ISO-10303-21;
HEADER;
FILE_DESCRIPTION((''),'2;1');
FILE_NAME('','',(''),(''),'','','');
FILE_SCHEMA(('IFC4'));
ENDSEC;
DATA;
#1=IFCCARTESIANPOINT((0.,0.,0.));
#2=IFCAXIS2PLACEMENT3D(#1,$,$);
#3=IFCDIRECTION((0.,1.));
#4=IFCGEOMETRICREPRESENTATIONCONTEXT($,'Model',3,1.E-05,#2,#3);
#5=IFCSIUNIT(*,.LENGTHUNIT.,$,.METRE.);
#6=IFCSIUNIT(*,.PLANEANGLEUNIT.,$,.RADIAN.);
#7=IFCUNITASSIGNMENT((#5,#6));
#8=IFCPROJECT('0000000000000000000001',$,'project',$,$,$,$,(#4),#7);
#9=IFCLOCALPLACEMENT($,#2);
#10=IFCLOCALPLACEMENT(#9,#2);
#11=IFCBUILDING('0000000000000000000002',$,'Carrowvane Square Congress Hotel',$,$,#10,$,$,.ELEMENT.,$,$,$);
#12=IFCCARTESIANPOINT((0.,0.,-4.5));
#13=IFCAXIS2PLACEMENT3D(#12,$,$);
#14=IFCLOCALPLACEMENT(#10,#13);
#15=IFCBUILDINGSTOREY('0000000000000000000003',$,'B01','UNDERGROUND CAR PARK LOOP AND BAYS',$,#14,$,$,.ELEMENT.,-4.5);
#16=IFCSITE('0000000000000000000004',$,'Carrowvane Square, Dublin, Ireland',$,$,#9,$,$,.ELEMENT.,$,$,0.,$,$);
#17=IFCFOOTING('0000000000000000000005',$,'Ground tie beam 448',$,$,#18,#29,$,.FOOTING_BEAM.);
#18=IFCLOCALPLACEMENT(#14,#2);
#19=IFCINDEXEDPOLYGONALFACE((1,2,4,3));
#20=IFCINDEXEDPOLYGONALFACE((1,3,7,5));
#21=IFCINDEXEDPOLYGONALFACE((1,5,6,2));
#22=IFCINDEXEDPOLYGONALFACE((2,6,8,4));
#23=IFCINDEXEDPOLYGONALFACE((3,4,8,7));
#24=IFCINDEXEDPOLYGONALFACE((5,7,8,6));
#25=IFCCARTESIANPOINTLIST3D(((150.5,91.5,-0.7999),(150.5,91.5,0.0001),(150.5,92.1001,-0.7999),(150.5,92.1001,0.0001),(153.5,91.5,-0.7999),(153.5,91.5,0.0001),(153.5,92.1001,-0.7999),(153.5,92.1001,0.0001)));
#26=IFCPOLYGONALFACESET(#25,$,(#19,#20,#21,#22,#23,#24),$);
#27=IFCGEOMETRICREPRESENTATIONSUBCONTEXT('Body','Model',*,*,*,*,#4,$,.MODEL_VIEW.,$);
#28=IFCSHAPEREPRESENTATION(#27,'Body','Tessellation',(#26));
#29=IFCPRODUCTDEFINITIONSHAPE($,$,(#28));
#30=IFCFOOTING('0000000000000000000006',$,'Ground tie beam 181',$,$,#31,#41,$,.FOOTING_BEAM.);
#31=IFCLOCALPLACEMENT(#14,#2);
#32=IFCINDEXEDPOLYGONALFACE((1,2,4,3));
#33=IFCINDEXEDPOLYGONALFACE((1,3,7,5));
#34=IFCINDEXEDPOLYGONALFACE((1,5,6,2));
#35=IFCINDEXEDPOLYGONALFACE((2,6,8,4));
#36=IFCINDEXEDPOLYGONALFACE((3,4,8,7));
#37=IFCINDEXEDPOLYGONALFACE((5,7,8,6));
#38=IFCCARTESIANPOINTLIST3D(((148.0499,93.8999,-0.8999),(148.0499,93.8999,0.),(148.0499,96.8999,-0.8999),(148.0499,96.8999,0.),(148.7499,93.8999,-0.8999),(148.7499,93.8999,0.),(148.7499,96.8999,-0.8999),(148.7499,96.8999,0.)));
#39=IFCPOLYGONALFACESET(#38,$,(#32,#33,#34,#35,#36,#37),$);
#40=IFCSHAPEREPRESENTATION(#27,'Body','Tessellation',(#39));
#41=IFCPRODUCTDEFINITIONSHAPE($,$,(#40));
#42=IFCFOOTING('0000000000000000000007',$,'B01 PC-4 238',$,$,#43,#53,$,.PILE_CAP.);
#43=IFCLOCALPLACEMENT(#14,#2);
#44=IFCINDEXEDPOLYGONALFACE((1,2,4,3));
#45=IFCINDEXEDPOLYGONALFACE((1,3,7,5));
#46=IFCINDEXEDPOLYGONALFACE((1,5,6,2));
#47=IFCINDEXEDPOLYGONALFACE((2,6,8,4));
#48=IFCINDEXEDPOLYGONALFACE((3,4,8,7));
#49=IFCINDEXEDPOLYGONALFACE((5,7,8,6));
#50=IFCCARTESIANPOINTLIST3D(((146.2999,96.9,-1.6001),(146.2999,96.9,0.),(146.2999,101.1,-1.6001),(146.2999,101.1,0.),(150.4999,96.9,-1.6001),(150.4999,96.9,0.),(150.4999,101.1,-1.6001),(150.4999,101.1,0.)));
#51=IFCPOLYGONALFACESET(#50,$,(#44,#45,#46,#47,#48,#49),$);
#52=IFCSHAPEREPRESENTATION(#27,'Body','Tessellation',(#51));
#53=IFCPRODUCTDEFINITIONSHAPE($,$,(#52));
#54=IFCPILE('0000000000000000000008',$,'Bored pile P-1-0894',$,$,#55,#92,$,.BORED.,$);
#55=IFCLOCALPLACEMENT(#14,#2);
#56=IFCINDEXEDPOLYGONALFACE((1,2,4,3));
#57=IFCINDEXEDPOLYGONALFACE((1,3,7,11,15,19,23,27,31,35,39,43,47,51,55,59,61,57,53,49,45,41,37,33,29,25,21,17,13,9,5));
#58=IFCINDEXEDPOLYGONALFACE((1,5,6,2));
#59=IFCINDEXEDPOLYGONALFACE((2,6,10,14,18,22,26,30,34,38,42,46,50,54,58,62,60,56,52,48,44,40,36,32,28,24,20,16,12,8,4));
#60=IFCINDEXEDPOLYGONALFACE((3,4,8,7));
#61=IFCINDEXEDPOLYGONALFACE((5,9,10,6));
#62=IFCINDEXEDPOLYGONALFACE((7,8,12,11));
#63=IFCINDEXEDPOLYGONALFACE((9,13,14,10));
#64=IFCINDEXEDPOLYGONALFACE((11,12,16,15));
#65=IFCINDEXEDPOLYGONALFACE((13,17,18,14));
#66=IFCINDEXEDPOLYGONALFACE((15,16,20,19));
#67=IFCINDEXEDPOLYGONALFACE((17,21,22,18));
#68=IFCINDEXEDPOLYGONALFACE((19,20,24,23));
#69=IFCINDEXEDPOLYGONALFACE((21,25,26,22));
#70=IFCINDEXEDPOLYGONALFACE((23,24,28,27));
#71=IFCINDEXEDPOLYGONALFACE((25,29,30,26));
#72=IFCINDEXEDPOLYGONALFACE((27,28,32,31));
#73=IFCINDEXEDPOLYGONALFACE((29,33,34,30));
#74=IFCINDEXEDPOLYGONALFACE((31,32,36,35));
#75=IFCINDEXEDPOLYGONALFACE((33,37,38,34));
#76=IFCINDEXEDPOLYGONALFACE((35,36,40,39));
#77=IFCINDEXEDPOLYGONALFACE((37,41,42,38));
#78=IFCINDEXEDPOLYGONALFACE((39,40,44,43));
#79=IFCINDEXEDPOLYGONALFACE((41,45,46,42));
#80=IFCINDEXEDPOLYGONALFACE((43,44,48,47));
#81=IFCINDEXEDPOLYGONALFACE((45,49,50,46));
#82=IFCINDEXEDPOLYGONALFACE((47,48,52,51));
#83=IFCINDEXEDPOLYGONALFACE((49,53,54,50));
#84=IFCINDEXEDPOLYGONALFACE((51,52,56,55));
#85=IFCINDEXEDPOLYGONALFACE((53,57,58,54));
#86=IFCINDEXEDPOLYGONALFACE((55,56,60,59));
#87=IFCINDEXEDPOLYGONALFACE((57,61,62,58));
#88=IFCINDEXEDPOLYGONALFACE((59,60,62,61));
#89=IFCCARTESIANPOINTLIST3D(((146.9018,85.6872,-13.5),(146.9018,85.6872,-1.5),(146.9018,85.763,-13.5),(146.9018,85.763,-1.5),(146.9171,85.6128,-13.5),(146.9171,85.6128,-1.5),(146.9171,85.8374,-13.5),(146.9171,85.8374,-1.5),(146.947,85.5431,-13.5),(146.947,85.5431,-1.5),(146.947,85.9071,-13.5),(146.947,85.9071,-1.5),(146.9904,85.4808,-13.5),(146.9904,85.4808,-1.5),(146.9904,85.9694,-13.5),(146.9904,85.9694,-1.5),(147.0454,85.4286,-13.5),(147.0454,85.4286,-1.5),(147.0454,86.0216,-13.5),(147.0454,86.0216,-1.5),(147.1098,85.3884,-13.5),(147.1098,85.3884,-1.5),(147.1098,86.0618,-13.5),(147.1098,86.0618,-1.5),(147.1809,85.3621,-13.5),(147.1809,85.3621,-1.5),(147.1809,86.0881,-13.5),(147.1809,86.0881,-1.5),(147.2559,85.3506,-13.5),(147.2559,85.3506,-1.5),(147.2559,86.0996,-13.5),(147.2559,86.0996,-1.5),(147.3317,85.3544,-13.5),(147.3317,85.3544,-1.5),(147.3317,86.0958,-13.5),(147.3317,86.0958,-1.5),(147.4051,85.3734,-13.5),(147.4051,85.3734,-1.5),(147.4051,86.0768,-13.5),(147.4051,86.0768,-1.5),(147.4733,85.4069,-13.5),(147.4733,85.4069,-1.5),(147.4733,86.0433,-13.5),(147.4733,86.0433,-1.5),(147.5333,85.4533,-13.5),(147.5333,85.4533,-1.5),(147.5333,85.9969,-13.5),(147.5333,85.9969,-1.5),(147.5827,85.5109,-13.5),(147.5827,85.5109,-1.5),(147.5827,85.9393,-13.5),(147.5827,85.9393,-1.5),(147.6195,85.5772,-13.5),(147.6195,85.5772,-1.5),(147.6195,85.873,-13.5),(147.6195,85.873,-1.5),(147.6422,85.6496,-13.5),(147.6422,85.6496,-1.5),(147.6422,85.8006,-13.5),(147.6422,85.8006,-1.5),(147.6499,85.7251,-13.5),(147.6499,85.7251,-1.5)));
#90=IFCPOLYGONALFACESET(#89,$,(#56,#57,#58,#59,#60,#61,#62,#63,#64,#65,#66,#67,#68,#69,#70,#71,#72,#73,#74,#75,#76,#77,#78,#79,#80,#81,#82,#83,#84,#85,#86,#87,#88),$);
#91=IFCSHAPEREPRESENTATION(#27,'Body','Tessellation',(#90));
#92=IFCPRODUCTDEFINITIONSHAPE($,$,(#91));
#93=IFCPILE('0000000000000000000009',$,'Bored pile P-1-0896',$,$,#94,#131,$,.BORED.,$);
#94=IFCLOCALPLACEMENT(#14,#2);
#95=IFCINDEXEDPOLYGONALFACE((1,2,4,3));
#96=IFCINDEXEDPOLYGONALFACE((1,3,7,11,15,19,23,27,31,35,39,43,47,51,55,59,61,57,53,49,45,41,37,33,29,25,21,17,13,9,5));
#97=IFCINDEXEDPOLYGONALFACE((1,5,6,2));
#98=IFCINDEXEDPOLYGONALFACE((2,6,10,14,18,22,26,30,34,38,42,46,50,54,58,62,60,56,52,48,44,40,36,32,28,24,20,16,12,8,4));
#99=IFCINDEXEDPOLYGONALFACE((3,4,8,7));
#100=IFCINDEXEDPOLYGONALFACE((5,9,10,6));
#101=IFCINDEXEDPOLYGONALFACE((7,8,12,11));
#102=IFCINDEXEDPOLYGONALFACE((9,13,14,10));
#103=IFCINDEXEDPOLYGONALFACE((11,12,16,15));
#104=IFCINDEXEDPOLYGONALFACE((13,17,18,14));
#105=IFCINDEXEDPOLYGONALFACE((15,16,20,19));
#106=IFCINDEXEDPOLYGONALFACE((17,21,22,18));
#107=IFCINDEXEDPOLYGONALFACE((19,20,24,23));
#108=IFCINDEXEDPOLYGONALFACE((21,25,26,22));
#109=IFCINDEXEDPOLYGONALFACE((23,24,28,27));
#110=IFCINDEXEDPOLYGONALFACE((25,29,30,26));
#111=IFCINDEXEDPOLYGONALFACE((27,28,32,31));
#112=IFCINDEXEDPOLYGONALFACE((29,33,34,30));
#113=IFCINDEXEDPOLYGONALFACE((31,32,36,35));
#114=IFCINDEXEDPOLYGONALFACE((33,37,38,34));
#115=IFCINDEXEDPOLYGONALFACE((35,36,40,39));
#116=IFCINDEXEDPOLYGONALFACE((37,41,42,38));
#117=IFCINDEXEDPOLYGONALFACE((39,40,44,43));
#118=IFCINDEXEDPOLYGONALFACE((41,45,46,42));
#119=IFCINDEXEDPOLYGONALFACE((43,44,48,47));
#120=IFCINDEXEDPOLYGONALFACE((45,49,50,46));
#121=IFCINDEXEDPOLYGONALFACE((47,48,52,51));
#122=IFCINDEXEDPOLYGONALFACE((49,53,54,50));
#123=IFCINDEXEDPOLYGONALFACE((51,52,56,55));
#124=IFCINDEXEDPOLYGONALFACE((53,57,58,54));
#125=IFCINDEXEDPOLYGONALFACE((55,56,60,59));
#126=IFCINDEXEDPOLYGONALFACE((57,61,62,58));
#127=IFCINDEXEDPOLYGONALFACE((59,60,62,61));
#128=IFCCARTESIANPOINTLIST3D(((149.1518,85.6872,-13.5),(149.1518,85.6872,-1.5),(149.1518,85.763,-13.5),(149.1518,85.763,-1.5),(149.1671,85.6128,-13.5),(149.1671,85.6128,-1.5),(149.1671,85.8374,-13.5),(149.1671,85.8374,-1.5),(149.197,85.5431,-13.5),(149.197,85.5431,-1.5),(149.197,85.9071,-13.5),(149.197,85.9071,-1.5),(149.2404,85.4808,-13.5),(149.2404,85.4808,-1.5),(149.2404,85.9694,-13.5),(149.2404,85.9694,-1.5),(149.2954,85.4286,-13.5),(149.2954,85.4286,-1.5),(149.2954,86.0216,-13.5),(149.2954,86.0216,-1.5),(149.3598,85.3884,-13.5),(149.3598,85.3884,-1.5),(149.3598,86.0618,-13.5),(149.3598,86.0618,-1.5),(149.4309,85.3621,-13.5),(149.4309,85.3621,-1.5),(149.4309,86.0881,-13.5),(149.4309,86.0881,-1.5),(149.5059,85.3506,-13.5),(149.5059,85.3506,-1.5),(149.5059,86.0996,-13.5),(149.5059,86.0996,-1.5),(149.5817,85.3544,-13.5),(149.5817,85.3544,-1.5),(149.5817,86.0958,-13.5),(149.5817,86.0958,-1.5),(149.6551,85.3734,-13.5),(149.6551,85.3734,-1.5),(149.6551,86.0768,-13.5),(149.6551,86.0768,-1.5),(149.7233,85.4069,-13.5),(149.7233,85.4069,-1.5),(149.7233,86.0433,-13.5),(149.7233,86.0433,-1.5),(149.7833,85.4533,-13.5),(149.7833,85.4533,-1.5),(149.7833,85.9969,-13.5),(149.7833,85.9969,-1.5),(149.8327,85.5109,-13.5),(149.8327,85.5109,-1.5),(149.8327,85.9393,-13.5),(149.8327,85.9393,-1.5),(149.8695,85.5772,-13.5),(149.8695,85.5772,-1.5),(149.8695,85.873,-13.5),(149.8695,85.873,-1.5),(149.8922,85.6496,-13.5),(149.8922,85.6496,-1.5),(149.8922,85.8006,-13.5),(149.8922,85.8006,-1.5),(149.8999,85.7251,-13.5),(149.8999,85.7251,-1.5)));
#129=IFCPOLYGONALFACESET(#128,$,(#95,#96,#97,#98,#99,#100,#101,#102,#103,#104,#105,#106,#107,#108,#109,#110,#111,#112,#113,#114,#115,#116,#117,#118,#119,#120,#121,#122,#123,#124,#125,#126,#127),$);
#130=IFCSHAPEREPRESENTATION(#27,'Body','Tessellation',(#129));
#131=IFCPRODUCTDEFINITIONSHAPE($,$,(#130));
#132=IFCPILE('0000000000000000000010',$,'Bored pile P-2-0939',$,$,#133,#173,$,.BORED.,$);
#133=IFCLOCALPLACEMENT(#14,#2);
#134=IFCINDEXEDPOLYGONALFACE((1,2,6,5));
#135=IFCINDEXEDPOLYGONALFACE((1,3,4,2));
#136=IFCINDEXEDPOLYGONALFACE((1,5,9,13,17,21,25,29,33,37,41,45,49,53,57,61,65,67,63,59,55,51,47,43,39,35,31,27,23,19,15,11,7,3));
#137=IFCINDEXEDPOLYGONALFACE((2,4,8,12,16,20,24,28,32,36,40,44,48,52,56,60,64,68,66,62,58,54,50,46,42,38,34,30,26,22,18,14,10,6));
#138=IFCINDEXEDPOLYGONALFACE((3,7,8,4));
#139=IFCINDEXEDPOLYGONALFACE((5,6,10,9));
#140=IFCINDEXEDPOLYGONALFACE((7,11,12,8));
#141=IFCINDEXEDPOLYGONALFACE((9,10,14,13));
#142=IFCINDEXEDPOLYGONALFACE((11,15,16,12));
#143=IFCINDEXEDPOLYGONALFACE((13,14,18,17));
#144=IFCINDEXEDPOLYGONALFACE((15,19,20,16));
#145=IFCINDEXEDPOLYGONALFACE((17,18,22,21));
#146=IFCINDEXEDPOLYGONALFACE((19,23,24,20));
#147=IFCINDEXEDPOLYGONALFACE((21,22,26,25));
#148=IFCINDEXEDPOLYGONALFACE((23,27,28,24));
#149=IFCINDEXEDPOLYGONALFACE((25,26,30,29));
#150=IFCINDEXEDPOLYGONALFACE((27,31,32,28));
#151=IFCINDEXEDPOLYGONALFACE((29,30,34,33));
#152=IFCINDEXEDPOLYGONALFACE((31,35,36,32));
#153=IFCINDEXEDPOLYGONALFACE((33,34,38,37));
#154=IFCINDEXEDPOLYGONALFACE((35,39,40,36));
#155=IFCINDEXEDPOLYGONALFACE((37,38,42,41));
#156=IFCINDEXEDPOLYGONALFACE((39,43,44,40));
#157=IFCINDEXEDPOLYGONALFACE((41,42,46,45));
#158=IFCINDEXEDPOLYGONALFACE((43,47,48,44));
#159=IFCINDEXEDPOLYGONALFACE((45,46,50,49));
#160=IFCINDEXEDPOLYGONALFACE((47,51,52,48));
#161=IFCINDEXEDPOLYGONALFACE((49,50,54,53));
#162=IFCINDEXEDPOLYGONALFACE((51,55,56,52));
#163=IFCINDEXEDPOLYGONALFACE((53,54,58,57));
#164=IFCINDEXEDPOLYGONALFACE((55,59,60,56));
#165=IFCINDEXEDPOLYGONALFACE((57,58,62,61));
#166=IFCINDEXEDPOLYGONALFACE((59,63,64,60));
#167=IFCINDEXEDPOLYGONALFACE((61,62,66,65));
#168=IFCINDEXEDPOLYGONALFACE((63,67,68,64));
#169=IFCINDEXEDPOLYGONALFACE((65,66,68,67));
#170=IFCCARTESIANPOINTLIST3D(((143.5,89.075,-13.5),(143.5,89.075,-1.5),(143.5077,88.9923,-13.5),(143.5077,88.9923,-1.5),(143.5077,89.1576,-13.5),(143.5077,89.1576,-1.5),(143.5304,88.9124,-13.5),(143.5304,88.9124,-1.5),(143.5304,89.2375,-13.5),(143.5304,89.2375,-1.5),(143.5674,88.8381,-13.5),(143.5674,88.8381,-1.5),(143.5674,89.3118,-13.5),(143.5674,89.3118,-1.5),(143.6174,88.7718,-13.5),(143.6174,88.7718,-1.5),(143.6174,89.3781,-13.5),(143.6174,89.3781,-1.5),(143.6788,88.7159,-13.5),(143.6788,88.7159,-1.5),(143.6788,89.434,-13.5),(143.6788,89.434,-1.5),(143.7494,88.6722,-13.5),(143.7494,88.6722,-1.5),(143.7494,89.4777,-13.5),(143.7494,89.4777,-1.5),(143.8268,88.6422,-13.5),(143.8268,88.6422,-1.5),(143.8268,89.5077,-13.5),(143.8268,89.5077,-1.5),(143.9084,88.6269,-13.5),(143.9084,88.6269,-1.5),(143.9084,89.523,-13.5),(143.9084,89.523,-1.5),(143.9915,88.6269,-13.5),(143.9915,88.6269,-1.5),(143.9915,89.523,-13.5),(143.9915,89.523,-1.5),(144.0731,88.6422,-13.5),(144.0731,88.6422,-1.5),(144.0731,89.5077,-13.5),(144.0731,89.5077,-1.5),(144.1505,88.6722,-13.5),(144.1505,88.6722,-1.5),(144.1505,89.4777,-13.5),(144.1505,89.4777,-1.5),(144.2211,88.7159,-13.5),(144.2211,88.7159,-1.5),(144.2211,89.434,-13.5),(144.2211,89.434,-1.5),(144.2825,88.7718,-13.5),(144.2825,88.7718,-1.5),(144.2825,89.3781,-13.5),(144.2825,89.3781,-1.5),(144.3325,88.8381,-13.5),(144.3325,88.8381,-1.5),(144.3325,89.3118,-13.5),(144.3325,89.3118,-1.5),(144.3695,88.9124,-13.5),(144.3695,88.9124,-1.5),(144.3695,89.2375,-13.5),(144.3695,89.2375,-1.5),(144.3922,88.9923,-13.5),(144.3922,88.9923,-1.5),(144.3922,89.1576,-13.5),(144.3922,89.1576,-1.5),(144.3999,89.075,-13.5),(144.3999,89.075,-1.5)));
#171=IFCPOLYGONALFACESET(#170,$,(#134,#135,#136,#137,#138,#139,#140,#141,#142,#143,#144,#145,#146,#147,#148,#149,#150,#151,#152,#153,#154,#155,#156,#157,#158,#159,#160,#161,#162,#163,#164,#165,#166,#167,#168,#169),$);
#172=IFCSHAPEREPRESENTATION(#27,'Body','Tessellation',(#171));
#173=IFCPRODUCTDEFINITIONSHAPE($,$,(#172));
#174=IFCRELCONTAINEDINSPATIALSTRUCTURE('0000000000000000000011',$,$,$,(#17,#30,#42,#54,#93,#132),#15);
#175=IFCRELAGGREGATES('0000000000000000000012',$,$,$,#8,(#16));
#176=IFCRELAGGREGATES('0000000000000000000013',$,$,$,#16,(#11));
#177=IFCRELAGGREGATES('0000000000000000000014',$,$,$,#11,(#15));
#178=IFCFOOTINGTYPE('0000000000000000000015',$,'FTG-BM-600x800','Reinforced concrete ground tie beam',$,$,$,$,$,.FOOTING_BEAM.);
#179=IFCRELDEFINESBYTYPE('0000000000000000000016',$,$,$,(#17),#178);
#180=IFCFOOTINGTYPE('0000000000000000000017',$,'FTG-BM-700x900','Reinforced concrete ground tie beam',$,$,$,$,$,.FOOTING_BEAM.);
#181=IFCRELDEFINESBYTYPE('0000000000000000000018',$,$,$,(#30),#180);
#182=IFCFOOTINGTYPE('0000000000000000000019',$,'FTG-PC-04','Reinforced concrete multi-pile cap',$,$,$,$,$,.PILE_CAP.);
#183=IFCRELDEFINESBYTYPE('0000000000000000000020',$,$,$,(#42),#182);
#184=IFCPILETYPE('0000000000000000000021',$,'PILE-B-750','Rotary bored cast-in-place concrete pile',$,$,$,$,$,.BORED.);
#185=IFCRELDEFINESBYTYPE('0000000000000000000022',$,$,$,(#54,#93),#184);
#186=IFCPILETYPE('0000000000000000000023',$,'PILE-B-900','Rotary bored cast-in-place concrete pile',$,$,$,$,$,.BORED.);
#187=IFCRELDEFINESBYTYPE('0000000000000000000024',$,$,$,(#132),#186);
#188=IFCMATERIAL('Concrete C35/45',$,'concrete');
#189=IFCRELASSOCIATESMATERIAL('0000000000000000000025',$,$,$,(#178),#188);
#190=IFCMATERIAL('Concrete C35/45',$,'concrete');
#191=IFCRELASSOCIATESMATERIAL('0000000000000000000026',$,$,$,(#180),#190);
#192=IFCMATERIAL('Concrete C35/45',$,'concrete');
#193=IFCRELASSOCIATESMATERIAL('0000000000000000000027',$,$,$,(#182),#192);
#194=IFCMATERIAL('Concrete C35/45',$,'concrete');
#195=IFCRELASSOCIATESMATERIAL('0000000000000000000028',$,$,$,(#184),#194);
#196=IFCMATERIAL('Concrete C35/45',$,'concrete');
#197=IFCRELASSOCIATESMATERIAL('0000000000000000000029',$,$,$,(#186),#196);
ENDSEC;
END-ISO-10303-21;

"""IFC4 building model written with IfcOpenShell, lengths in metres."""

from ifc_helpers import new_model, si_unit, direction, frame, origin, origin_2d, place, context, subcontext, project, spatial, rectangle, circle, extrude, material, material_profile, profile_set, type_object, element, save


model = new_model("IFC4")

# Units and contexts
model_context = context("Model", 3, precision=1e-05, world=origin(), true_north=direction((0.0, 1.0)))
body_context = subcontext(model_context, "Body", "Model", "MODEL_VIEW")
ifc_project = project(units=[si_unit("LENGTHUNIT", "METRE"), si_unit("PLANEANGLEUNIT", "RADIAN")], contexts=[model_context])

# Site, building, storey
site_placement = place(None, origin())
site = spatial("IfcSite", under=ifc_project, at=site_placement, Name="Carrowvane Square, Dublin, Ireland", CompositionType="ELEMENT", RefElevation=0.0)
building_placement = place(site_placement, origin())
building = spatial("IfcBuilding", under=site, at=building_placement, Name="Carrowvane Square Congress Hotel", CompositionType="ELEMENT")
storey_placement = place(building_placement, frame((0.0, 0.0, -4.5)))
storey = spatial("IfcBuildingStorey", under=building, at=storey_placement, Name="B01", Description="UNDERGROUND CAR PARK LOOP AND BAYS", CompositionType="ELEMENT", Elevation=-4.5)

# Footings
ifc_material_1 = material(Name="Concrete C35/45", Category="concrete")
ifc_material_profile_1 = material_profile(ifc_material_1, rectangle(XDim=0.6001, YDim=0.8, at=origin_2d()), Name="RC 600x800")
ifc_profile_set_1 = profile_set([ifc_material_profile_1], Name="Concrete C35/45")
footing_type_1 = type_object("IfcFootingType", Name="FTG-BM-600x800", Description="Reinforced concrete ground tie beam", PredefinedType="FOOTING_BEAM", material=ifc_profile_set_1)
footing_1_placement = place(storey_placement, frame((150.5, 91.8, -0.3999), z_axis=(1.0, 0.0, 0.0), x_axis=(0.0, 1.0, 0.0)))
element("IfcFooting", 1, at=footing_1_placement, inside=storey, type_object=footing_type_1, Name="Ground tie beam 448", PredefinedType="FOOTING_BEAM", context=body_context, shape_type="SweptSolid", body=[
    extrude(rectangle(XDim=0.6001, YDim=0.8, at=origin_2d()), origin(), (0.0, 0.0, 1.0), 3.0),
])
ifc_material_2 = material(Name="Concrete C35/45", Category="concrete")
ifc_material_profile_2 = material_profile(ifc_material_2, rectangle(XDim=0.7, YDim=0.8999, at=origin_2d()), Name="RC 700x900")
ifc_profile_set_2 = profile_set([ifc_material_profile_2], Name="Concrete C35/45")
footing_type_2 = type_object("IfcFootingType", Name="FTG-BM-700x900", Description="Reinforced concrete ground tie beam", PredefinedType="FOOTING_BEAM", material=ifc_profile_set_2)
footing_2_placement = place(storey_placement, frame((148.3999, 93.8999, -0.45), z_axis=(0.0, 1.0, 0.0), x_axis=(-1.0, 0.0, 0.0)))
element("IfcFooting", 2, at=footing_2_placement, inside=storey, type_object=footing_type_2, Name="Ground tie beam 181", PredefinedType="FOOTING_BEAM", context=body_context, shape_type="SweptSolid", body=[
    extrude(rectangle(XDim=0.7, YDim=0.8999, at=origin_2d()), origin(), (0.0, 0.0, 1.0), 3.0),
])
ifc_material_3 = material(Name="Concrete C35/45", Category="concrete")
footing_type_3 = type_object("IfcFootingType", Name="FTG-PC-04", Description="Reinforced concrete multi-pile cap", PredefinedType="PILE_CAP", material=ifc_material_3)
footing_3_placement = place(storey_placement, frame((148.3999, 99.0, -1.6001), z_axis=(0.0, 0.0, 1.0), x_axis=(1.0, 0.0, 0.0)))
element("IfcFooting", 3, at=footing_3_placement, inside=storey, type_object=footing_type_3, Name="B01 PC-4 238", PredefinedType="PILE_CAP", context=body_context, shape_type="SweptSolid", body=[
    extrude(rectangle(XDim=4.2, YDim=4.2, at=origin_2d()), origin(), (0.0, 0.0, 1.0), 1.6001),
])

# Piles
ifc_material_4 = material(Name="Concrete C35/45", Category="concrete")
ifc_material_profile_3 = material_profile(ifc_material_4, circle(Radius=0.375, at=origin_2d()), Name="PILE D750")
ifc_profile_set_3 = profile_set([ifc_material_profile_3], Name="Concrete C35/45")
pile_type_1 = type_object("IfcPileType", Name="PILE-B-750", Description="Rotary bored cast-in-place concrete pile", PredefinedType="BORED", material=ifc_profile_set_3)
for number, where, z_axis, x_axis, name in (
    (4, (147.2749, 85.7251, -1.5), (0.0, 0.0, -1.0), (1.0, 0.0, 0.0), "Bored pile P-1-0894"),
    (5, (149.5249, 85.7251, -1.5), (0.0, 0.0, -1.0), (1.0, 0.0, 0.0), "Bored pile P-1-0896"),
):
    element("IfcPile", number, at=place(storey_placement, frame(where, z_axis=z_axis, x_axis=x_axis)), inside=storey, type_object=pile_type_1, Name=name, PredefinedType="BORED", context=body_context, shape_type="SweptSolid", body=[
        extrude(circle(Radius=0.375, at=origin_2d()), origin(), (0.0, 0.0, 1.0), 12.0),
    ])
ifc_material_5 = material(Name="Concrete C35/45", Category="concrete")
ifc_material_profile_4 = material_profile(ifc_material_5, circle(Radius=0.45, at=origin_2d()), Name="PILE D900")
ifc_profile_set_4 = profile_set([ifc_material_profile_4], Name="Concrete C35/45")
pile_type_2 = type_object("IfcPileType", Name="PILE-B-900", Description="Rotary bored cast-in-place concrete pile", PredefinedType="BORED", material=ifc_profile_set_4)
for number, where, z_axis, x_axis, name in (
    (6, (143.95, 89.075, -1.5), (0.0, 0.0, -1.0), (1.0, 0.0, 0.0), "Bored pile P-2-0939"),
):
    element("IfcPile", number, at=place(storey_placement, frame(where, z_axis=z_axis, x_axis=x_axis)), inside=storey, type_object=pile_type_2, Name=name, PredefinedType="BORED", context=body_context, shape_type="SweptSolid", body=[
        extrude(circle(Radius=0.45, at=origin_2d()), origin(), (0.0, 0.0, 1.0), 12.0),
    ])

save(model, "model.ifc")
